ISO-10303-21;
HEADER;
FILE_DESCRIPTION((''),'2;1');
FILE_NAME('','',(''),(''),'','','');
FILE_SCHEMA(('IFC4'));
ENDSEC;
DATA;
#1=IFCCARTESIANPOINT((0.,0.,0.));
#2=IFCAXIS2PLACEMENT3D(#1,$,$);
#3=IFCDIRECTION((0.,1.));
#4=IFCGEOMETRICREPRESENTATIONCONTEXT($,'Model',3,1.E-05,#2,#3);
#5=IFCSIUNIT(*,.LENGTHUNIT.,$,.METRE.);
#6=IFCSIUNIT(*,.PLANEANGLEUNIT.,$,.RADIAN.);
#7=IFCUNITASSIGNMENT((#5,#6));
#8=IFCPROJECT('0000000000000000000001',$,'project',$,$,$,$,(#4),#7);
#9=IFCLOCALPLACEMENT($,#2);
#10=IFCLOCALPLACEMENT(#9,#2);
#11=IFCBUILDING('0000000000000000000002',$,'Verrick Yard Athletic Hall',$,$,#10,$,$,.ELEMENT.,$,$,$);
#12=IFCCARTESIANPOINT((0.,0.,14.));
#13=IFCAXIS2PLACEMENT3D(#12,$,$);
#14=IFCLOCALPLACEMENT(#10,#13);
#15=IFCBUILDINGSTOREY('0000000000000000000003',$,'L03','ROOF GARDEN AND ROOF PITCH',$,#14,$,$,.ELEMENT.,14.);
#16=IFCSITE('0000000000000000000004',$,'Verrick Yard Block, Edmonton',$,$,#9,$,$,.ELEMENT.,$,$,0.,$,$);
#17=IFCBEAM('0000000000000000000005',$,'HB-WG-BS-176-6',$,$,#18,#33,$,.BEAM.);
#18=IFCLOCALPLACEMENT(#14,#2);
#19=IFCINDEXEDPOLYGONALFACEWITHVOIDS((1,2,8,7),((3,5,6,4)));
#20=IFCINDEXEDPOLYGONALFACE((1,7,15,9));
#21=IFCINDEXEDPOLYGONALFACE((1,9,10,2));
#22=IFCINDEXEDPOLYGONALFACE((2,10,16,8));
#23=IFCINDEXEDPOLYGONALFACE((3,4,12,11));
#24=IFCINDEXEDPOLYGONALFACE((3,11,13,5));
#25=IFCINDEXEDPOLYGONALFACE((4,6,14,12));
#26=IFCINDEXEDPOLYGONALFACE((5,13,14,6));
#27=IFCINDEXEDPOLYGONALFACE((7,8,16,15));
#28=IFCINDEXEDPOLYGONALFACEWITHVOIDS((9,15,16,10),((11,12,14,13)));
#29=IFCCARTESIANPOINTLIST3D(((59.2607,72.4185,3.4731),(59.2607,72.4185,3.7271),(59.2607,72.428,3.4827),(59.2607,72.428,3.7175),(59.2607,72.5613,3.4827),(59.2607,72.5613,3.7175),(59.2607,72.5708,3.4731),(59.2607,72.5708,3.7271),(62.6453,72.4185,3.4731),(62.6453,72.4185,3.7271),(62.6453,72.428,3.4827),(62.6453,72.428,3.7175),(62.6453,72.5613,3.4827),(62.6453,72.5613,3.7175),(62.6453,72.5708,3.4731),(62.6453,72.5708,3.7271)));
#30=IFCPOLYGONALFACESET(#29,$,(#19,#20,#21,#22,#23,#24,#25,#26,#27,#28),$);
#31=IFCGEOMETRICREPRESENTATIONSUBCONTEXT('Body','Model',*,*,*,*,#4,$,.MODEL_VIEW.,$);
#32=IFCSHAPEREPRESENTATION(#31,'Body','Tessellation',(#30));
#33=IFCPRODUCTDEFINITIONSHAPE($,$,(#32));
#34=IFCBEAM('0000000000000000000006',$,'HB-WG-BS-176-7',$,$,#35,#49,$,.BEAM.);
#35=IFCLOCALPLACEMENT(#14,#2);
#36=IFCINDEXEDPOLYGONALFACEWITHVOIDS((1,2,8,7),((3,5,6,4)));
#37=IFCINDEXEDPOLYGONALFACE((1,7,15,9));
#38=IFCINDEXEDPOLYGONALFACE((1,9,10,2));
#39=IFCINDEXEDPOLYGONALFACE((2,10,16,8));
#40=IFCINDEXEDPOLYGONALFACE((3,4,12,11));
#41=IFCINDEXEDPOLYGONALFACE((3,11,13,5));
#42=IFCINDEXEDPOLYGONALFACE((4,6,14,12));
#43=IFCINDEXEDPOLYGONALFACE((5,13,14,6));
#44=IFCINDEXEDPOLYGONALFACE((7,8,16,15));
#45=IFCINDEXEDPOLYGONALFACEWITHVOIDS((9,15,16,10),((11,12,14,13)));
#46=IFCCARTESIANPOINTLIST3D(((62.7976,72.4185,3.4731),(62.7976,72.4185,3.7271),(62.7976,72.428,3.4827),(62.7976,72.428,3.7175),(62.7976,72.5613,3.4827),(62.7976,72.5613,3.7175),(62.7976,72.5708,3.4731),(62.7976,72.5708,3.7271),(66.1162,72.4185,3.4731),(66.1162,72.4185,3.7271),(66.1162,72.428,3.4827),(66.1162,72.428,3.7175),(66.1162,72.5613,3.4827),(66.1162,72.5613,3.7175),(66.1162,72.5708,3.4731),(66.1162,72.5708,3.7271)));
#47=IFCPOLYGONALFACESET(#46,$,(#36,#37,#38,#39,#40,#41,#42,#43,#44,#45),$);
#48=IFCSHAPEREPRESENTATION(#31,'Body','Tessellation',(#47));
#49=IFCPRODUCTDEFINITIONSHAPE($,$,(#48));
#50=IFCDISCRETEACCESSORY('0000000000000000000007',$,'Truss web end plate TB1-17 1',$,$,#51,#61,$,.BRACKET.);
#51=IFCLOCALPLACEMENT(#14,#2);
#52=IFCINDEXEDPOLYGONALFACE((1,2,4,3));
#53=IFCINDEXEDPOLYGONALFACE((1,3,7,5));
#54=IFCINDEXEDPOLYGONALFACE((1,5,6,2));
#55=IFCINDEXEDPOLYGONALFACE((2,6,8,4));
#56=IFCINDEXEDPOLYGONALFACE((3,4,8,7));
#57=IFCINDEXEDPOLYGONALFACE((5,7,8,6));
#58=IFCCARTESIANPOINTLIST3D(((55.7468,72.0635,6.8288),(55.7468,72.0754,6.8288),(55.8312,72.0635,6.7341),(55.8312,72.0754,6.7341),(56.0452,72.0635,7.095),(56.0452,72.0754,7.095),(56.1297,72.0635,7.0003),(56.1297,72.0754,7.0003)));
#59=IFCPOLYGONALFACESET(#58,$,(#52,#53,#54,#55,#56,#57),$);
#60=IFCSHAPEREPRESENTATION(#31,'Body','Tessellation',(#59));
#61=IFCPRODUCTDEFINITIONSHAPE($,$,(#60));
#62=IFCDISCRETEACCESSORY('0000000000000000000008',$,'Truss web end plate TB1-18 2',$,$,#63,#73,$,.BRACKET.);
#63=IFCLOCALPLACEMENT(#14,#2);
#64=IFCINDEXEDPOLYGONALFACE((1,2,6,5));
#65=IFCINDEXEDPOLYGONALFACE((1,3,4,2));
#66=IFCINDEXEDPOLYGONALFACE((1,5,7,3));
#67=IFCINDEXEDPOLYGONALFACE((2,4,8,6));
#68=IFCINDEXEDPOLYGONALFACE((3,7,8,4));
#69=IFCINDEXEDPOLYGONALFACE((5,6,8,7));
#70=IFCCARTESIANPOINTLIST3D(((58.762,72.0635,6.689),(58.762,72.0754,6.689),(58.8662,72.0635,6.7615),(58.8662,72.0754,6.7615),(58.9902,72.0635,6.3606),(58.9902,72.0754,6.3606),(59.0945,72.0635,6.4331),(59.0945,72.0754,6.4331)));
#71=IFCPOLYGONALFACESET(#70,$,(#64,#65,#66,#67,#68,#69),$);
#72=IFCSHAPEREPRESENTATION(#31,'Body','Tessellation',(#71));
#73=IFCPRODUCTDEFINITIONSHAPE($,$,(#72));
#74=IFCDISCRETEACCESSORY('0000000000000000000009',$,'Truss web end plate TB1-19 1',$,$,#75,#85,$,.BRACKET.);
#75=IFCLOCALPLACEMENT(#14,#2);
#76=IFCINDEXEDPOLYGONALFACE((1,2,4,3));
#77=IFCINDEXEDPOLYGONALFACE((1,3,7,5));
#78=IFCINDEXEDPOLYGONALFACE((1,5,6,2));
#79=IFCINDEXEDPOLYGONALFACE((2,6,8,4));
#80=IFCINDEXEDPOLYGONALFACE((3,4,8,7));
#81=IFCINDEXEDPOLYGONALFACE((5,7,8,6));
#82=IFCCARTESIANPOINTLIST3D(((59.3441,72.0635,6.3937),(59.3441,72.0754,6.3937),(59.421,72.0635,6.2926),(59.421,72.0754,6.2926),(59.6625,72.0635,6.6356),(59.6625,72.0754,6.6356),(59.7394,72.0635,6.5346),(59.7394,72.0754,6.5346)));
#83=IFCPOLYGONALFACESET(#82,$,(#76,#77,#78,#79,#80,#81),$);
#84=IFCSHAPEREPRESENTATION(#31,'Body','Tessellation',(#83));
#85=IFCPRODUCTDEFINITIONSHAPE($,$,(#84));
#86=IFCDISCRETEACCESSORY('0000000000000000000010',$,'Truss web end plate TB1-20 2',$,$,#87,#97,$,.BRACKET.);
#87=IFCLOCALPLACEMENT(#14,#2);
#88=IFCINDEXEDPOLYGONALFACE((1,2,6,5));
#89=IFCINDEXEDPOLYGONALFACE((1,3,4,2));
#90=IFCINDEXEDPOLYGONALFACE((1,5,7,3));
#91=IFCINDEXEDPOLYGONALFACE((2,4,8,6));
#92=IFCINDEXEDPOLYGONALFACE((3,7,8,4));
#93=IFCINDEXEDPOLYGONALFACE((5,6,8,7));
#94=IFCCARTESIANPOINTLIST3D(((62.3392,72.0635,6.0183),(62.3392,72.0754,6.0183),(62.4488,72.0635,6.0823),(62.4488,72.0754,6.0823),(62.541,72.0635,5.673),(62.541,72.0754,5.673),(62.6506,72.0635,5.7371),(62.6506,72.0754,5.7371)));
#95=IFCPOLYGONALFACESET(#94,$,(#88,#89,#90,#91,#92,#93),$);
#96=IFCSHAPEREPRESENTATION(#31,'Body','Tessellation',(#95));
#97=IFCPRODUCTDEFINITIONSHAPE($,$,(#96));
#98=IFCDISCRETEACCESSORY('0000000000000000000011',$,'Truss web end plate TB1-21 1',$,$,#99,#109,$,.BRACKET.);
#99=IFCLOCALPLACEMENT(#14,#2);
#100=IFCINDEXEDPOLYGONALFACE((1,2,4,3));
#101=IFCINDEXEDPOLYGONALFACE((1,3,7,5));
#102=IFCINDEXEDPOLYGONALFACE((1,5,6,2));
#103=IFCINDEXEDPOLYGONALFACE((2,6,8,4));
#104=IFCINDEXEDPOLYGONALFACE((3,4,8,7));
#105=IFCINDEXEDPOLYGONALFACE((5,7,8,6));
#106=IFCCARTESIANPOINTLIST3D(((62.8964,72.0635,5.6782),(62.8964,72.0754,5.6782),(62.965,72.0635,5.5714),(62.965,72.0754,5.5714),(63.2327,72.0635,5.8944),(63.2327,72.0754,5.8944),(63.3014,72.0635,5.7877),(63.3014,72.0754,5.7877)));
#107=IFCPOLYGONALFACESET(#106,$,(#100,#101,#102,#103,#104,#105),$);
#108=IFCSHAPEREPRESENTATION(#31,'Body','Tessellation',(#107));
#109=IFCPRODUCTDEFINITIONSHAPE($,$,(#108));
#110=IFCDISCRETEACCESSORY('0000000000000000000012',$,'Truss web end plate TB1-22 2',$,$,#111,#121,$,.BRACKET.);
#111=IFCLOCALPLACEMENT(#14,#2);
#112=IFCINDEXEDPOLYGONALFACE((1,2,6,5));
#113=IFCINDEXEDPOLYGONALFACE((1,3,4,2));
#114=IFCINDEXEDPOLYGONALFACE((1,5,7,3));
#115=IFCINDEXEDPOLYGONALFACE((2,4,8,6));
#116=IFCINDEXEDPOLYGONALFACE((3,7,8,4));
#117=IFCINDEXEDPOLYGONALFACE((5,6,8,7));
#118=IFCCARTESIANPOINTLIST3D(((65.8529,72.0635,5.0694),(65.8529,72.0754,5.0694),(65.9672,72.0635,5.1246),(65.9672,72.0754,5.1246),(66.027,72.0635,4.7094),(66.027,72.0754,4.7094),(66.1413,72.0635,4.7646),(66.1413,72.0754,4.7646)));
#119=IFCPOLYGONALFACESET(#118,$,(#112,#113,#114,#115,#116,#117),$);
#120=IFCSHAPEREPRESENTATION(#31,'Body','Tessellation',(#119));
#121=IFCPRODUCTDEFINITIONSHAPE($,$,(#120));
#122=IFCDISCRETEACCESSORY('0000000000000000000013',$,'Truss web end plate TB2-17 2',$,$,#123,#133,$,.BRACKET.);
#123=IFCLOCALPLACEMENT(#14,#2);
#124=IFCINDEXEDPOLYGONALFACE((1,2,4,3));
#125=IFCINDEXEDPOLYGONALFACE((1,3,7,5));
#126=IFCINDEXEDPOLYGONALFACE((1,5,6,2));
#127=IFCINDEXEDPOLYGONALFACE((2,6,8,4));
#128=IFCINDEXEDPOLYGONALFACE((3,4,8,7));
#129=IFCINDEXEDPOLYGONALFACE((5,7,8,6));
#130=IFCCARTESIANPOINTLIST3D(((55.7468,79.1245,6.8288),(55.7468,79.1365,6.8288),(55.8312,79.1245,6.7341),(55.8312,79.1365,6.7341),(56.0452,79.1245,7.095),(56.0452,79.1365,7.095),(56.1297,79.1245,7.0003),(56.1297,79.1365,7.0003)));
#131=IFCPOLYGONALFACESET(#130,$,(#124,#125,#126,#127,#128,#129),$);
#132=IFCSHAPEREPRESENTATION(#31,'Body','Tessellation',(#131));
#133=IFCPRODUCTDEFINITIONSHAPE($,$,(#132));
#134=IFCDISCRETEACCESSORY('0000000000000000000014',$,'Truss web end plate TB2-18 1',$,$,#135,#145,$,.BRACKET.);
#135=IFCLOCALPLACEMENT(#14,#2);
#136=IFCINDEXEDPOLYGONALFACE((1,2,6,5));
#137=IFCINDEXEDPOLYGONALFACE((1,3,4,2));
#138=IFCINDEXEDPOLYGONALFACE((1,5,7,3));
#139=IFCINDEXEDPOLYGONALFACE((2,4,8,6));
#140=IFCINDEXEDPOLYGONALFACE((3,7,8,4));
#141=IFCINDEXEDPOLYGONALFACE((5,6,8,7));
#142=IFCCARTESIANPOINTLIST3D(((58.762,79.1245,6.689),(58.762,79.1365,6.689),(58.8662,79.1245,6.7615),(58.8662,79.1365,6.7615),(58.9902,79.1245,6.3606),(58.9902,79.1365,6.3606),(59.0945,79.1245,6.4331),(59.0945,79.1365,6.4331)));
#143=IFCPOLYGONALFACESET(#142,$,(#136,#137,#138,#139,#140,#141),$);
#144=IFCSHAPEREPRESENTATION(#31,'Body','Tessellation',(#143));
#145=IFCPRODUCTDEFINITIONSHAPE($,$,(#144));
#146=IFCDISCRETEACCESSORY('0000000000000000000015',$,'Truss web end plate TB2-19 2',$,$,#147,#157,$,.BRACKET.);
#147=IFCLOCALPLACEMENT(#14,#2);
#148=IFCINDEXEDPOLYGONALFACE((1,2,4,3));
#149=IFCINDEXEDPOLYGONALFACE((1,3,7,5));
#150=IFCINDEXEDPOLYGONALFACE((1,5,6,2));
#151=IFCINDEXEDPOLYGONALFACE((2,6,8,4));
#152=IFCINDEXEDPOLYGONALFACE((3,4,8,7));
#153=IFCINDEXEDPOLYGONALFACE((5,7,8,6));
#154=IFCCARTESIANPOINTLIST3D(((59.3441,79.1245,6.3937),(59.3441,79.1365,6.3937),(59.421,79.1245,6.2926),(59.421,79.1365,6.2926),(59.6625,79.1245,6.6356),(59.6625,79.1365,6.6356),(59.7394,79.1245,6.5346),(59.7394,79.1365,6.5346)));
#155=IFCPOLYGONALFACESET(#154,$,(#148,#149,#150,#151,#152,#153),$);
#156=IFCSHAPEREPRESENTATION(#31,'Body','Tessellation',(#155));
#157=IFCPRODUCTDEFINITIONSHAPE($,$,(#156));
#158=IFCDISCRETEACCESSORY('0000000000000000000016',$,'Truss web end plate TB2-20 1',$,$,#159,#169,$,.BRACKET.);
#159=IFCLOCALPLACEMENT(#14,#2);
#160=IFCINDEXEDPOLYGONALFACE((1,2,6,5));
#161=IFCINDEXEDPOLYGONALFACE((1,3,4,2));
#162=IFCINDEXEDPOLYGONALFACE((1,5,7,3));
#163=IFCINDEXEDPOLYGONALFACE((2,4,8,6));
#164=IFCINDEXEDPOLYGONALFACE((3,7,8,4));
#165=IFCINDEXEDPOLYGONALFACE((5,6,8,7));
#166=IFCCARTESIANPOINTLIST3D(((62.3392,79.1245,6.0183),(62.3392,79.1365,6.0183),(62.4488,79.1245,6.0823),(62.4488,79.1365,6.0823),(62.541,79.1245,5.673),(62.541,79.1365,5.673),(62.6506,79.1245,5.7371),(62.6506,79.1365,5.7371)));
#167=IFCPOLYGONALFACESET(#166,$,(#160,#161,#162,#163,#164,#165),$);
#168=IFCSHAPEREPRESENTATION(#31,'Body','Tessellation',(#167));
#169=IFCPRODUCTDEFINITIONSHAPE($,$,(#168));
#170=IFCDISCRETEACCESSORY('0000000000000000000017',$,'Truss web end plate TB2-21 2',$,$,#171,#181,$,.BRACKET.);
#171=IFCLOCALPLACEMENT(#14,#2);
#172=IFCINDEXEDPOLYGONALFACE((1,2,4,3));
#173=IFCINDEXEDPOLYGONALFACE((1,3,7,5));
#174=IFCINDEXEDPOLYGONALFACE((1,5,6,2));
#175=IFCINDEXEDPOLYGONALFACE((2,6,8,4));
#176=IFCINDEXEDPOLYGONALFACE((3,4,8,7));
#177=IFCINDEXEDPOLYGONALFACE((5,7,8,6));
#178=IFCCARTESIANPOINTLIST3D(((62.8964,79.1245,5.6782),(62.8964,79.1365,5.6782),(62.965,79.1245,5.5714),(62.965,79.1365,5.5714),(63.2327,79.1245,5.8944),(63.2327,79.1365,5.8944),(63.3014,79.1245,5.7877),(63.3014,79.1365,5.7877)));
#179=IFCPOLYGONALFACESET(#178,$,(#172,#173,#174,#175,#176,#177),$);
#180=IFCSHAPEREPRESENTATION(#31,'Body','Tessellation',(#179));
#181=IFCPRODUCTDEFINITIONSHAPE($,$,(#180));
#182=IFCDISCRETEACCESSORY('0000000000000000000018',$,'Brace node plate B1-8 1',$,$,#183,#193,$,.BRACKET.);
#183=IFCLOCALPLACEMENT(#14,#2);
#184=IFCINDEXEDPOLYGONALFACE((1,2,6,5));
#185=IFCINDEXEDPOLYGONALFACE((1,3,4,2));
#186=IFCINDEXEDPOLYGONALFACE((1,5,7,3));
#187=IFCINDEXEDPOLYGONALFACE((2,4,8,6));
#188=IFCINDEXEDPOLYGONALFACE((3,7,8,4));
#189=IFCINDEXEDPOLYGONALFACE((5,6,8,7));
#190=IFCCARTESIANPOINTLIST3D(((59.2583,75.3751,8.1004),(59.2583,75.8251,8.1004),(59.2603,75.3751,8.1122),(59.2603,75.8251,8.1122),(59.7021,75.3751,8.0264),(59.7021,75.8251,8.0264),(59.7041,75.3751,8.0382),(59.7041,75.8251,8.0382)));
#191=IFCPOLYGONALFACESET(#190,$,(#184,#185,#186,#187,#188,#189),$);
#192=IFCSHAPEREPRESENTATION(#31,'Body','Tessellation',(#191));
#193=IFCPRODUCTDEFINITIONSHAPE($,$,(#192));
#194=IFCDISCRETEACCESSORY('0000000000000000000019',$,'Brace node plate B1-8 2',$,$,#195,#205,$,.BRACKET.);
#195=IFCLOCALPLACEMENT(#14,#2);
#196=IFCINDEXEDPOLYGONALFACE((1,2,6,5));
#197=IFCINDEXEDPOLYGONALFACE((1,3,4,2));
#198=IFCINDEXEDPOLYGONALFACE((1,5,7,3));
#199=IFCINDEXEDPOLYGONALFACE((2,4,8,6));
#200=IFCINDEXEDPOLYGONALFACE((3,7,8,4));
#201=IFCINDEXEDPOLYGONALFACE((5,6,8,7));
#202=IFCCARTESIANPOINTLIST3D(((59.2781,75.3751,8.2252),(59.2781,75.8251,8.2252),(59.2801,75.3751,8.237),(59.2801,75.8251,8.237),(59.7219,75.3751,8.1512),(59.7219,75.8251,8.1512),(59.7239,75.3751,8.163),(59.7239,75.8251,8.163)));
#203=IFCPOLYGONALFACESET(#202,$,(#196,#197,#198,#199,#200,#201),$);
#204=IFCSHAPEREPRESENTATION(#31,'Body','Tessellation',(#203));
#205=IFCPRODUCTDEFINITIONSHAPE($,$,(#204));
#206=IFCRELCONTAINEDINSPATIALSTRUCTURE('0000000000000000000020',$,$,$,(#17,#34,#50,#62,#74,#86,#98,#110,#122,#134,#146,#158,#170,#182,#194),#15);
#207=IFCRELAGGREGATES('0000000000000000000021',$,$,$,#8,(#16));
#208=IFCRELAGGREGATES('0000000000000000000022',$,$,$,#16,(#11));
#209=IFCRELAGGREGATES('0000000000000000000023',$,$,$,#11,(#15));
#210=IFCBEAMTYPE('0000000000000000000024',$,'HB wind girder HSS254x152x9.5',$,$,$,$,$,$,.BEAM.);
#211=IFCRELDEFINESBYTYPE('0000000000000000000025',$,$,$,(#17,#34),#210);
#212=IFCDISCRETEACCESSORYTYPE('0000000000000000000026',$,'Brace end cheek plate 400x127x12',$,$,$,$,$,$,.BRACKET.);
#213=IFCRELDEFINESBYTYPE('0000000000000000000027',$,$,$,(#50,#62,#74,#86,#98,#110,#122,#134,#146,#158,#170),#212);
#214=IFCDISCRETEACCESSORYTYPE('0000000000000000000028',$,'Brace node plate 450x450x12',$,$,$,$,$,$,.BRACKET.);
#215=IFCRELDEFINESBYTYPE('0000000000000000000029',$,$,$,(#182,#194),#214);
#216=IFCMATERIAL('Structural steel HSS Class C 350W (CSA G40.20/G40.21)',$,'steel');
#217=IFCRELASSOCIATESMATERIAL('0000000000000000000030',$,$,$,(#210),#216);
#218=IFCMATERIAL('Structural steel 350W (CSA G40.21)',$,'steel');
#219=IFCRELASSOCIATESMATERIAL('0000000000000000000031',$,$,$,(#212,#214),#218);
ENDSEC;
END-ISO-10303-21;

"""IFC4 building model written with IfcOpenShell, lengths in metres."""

from ifc_helpers import new_model, si_unit, direction, frame, origin, origin_2d, place, context, subcontext, project, spatial, rectangle, hollow_rectangle, extrude, material, material_profile, profile_set, type_object, element, save


model = new_model("IFC4")

# Units and contexts
model_context = context("Model", 3, precision=1e-05, world=origin(), true_north=direction((0.0, 1.0)))
body_context = subcontext(model_context, "Body", "Model", "MODEL_VIEW")
ifc_project = project(units=[si_unit("LENGTHUNIT", "METRE"), si_unit("PLANEANGLEUNIT", "RADIAN")], contexts=[model_context])

# Site, building, storey
site_placement = place(None, origin())
site = spatial("IfcSite", under=ifc_project, at=site_placement, Name="Verrick Yard Block, Edmonton", CompositionType="ELEMENT", RefElevation=0.0)
building_placement = place(site_placement, origin())
building = spatial("IfcBuilding", under=site, at=building_placement, Name="Verrick Yard Athletic Hall", CompositionType="ELEMENT")
storey_placement = place(building_placement, frame((0.0, 0.0, 14.0)))
storey = spatial("IfcBuildingStorey", under=building, at=storey_placement, Name="L03", Description="ROOF GARDEN AND ROOF PITCH", CompositionType="ELEMENT", Elevation=14.0)

# Shared definitions
ifc_material_1 = material(Name="Structural steel HSS Class C 350W (CSA G40.20/G40.21)", Category="steel")

# Beams
ifc_material_profile_1 = material_profile(ifc_material_1, hollow_rectangle(XDim=0.1523, YDim=0.2539, WallThickness=0.0095, at=origin_2d()), Name="HSS254x152x9.5")
ifc_profile_set_1 = profile_set([ifc_material_profile_1], Name="Structural steel HSS Class C 350W (CSA G40.20/G40.21)")
beam_type = type_object("IfcBeamType", Name="HB wind girder HSS254x152x9.5", PredefinedType="BEAM", material=ifc_profile_set_1)
beam_1_placement = place(storey_placement, frame((59.2607, 72.4946, 3.6001), z_axis=(1.0, 0.0, 0.0), x_axis=(0.0, 1.0, 0.0)))
element("IfcBeam", 1, at=beam_1_placement, inside=storey, type_object=beam_type, Name="HB-WG-BS-176-6", PredefinedType="BEAM", context=body_context, shape_type="SweptSolid", body=[
    extrude(hollow_rectangle(XDim=0.1523, YDim=0.2539, WallThickness=0.0095, at=origin_2d()), origin(), (0.0, 0.0, 1.0), 3.3845),
])
beam_2_placement = place(storey_placement, frame((62.7976, 72.4946, 3.6001), z_axis=(1.0, 0.0, 0.0), x_axis=(0.0, 1.0, 0.0)))
element("IfcBeam", 2, at=beam_2_placement, inside=storey, type_object=beam_type, Name="HB-WG-BS-176-7", PredefinedType="BEAM", context=body_context, shape_type="SweptSolid", body=[
    extrude(hollow_rectangle(XDim=0.1523, YDim=0.2539, WallThickness=0.0095, at=origin_2d()), origin(), (0.0, 0.0, 1.0), 3.3186),
])

# Discrete accessories
ifc_material_2 = material(Name="Structural steel 350W (CSA G40.21)", Category="steel")
ifc_material_profile_2 = material_profile(ifc_material_2, rectangle(XDim=0.3999, YDim=0.127, at=origin_2d()), Name="Brace end cheek plate")
ifc_profile_set_2 = profile_set([ifc_material_profile_2], Name="Structural steel 350W (CSA G40.21)")
discrete_accessory_type_1 = type_object("IfcDiscreteAccessoryType", Name="Brace end cheek plate 400x127x12", PredefinedType="BRACKET", material=ifc_profile_set_2)
for number, where, z_axis, x_axis, name in (
    (3, (55.9382, 72.0635, 6.9146), (0.0, 1.0, 0.0), (0.746352, 0.0, 0.665551), "Truss web end plate TB1-17 1"),
    (4, (58.9282, 72.0635, 6.561), (0.0, 1.0, 0.0), (-0.570674, 0.0, 0.821176), "Truss web end plate TB1-18 2"),
    (5, (59.5417, 72.0635, 6.4641), (0.0, 1.0, 0.0), (0.796193, 0.0, 0.605042), "Truss web end plate TB1-19 1"),
    (6, (62.4949, 72.0635, 5.8777), (0.0, 1.0, 0.0), (-0.504597, 0.0, 0.863355), "Truss web end plate TB1-20 2"),
    (7, (63.0989, 72.0635, 5.7329), (0.0, 1.0, 0.0), (0.841141, 0.0, 0.540816), "Truss web end plate TB1-21 1"),
    (8, (65.9971, 72.0635, 4.917), (0.0, 1.0, 0.0), (-0.435417, 0.0, 0.900229), "Truss web end plate TB1-22 2"),
    (9, (55.9382, 79.1365, 6.9146), (0.0, -1.0, 0.0), (0.746352, 0.0, 0.665551), "Truss web end plate TB2-17 2"),
    (10, (58.9282, 79.1365, 6.561), (0.0, -1.0, 0.0), (-0.570674, 0.0, 0.821176), "Truss web end plate TB2-18 1"),
    (11, (59.5417, 79.1365, 6.4641), (0.0, -1.0, 0.0), (0.796193, 0.0, 0.605042), "Truss web end plate TB2-19 2"),
    (12, (62.4949, 79.1365, 5.8777), (0.0, -1.0, 0.0), (-0.504597, 0.0, 0.863355), "Truss web end plate TB2-20 1"),
    (13, (63.0989, 79.1365, 5.7329), (0.0, -1.0, 0.0), (0.841141, 0.0, 0.540816), "Truss web end plate TB2-21 2"),
):
    element("IfcDiscreteAccessory", number, at=place(storey_placement, frame(where, z_axis=z_axis, x_axis=x_axis)), inside=storey, type_object=discrete_accessory_type_1, Name=name, PredefinedType="BRACKET", context=body_context, shape_type="SweptSolid", body=[
        extrude(rectangle(XDim=0.3999, YDim=0.127, at=origin_2d()), origin(), (0.0, 0.0, 1.0), 0.012),
    ])
ifc_material_profile_3 = material_profile(ifc_material_2, rectangle(XDim=0.45, YDim=0.45, at=origin_2d()), Name="Brace node plate")
ifc_profile_set_3 = profile_set([ifc_material_profile_3], Name="Structural steel 350W (CSA G40.21)")
discrete_accessory_type_2 = type_object("IfcDiscreteAccessoryType", Name="Brace node plate 450x450x12", PredefinedType="BRACKET", material=ifc_profile_set_3)
for number, where, z_axis, x_axis, name in (
    (14, (59.4822, 75.6001, 8.0752), (-0.164399, 0.0, -0.986394), (0.0, -1.0, 0.0), "Brace node plate B1-8 1"),
    (15, (59.5, 75.6001, 8.1882), (0.164399, 0.0, 0.986394), (0.0, 1.0, 0.0), "Brace node plate B1-8 2"),
):
    element("IfcDiscreteAccessory", number, at=place(storey_placement, frame(where, z_axis=z_axis, x_axis=x_axis)), inside=storey, type_object=discrete_accessory_type_2, Name=name, PredefinedType="BRACKET", context=body_context, shape_type="SweptSolid", body=[
        extrude(rectangle(XDim=0.45, YDim=0.45, at=origin_2d()), origin(), (0.0, 0.0, 1.0), 0.012),
    ])

save(model, "model.ifc")
